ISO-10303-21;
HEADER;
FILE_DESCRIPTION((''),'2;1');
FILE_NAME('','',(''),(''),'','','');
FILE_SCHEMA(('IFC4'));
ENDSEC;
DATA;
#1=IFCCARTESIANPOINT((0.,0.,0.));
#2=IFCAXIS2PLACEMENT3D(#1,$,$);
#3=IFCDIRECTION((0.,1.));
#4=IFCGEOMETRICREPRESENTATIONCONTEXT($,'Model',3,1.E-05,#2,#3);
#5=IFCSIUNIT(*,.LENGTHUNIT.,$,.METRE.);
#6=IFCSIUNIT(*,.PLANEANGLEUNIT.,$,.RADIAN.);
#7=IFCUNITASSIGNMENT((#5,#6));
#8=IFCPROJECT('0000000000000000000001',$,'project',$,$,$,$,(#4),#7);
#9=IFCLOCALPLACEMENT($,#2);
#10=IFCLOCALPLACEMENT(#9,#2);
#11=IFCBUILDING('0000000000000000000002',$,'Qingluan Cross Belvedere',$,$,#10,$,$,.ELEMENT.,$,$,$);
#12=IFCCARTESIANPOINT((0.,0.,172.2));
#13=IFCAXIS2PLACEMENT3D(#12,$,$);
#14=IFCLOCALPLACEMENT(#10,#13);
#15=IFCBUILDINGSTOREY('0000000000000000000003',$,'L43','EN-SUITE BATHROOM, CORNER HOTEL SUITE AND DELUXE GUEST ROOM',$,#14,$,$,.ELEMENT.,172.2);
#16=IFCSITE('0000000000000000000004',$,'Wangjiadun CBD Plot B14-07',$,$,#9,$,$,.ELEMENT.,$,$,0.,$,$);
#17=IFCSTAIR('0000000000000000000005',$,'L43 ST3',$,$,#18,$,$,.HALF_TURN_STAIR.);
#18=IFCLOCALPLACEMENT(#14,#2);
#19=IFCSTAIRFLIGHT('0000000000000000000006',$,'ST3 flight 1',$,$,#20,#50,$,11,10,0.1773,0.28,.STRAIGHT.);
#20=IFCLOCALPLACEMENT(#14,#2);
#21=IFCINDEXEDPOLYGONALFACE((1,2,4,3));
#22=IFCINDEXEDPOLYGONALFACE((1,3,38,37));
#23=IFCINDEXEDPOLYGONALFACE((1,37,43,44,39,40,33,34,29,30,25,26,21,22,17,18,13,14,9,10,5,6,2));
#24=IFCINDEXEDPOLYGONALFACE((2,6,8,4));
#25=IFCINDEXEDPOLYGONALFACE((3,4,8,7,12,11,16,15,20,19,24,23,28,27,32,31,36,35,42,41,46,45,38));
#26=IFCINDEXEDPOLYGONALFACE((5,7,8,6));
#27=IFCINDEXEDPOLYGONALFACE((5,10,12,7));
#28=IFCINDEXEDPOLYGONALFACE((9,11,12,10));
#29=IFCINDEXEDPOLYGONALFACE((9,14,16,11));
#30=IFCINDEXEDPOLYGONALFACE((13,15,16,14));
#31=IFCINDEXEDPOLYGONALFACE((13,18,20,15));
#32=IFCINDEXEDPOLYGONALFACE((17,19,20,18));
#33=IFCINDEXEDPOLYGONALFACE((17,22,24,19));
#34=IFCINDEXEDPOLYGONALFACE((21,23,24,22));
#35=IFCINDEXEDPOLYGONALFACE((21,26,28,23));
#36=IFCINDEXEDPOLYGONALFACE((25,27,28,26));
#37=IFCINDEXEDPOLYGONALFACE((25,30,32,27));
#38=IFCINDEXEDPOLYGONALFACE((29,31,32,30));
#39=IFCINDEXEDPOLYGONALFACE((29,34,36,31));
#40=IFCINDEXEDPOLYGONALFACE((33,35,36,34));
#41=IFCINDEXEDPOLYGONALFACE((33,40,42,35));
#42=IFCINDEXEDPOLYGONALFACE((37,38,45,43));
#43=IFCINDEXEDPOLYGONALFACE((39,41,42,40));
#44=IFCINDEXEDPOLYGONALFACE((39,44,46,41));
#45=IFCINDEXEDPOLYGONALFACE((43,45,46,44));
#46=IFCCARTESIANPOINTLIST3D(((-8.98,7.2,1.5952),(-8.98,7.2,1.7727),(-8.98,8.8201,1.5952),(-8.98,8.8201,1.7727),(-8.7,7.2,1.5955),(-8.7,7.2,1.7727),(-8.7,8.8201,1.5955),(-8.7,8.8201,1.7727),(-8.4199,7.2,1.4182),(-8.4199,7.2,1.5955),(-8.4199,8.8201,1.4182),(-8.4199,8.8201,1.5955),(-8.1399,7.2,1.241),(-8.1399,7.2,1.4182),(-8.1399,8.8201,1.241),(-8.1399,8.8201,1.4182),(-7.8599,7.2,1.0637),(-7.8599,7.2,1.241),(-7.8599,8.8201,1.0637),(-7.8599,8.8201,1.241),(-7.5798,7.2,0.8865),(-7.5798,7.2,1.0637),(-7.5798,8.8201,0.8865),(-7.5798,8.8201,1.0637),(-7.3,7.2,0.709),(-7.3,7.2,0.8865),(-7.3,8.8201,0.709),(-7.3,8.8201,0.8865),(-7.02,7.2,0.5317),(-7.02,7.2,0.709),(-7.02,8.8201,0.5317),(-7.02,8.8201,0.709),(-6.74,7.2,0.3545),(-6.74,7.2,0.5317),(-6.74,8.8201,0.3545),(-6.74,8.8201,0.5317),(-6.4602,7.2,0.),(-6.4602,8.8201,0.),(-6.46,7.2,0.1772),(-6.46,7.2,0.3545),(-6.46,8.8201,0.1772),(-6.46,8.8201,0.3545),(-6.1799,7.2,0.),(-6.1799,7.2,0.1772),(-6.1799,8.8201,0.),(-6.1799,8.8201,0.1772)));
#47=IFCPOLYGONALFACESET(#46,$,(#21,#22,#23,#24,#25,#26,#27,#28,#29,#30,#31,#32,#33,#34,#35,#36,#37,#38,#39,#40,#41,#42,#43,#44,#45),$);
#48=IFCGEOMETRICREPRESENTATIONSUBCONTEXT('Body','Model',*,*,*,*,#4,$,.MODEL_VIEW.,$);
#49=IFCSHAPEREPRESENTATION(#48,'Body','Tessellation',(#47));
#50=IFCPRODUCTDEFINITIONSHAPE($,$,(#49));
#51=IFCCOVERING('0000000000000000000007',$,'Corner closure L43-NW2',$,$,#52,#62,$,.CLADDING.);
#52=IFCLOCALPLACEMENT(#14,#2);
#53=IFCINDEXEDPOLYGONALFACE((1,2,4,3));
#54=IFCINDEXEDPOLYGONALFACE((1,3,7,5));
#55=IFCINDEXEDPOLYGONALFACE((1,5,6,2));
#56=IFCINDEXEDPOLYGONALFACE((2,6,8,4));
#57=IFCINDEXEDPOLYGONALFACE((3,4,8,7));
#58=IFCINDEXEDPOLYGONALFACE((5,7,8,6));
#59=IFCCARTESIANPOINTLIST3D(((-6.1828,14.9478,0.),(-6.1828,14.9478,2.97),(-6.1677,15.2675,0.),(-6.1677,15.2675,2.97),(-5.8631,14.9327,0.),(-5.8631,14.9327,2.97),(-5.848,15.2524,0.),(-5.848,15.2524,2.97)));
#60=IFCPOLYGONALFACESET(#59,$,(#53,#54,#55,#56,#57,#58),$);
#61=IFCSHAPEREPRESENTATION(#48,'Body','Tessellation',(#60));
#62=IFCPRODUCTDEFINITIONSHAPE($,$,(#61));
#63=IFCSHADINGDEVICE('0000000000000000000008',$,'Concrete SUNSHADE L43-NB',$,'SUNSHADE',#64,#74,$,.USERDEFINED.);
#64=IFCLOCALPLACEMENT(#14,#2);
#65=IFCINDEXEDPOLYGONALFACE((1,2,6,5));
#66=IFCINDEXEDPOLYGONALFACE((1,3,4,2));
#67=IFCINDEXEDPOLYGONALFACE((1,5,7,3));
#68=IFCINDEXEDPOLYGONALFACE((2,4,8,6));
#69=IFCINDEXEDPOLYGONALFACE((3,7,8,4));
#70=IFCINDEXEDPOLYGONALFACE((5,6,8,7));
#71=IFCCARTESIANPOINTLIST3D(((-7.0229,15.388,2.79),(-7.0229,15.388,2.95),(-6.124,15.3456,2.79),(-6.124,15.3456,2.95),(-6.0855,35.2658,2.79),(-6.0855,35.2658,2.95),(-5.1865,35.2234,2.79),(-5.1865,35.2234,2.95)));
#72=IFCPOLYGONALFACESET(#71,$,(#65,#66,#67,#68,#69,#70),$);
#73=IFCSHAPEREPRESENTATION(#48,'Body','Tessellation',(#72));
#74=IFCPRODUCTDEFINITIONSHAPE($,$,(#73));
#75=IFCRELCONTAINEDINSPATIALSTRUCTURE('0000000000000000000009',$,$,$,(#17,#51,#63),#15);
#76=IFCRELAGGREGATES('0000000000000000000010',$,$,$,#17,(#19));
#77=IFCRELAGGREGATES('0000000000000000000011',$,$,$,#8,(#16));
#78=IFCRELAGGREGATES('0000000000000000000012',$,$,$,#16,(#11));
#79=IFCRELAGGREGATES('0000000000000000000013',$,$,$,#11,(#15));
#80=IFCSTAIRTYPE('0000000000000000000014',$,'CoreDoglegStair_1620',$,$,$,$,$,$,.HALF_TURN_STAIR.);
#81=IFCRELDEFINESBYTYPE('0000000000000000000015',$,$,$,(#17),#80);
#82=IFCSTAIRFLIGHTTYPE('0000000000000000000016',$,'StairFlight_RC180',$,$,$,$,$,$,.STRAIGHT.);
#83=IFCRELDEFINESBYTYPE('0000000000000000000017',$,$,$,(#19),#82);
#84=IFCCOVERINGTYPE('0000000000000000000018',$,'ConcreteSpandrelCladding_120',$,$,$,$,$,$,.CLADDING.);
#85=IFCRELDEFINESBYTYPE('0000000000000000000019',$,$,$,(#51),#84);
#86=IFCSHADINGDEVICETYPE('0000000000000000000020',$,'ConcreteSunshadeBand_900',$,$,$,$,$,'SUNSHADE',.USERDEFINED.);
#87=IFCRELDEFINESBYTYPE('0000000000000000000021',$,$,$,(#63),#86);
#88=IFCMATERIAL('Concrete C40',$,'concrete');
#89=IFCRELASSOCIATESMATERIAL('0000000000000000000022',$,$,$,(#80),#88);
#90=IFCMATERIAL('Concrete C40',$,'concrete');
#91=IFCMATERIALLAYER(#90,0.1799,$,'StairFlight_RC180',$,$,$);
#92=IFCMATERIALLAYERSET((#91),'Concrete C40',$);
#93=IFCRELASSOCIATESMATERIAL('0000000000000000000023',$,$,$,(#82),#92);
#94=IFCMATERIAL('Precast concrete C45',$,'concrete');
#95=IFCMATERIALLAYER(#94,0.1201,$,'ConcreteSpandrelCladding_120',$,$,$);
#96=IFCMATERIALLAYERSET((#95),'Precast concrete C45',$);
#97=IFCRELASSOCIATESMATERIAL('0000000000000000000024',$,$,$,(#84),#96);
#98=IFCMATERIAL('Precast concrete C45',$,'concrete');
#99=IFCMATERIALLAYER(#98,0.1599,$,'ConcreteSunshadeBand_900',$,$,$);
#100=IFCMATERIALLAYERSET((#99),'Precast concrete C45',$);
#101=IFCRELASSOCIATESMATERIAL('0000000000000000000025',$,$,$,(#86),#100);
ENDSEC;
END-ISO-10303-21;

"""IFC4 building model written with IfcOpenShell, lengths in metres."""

from ifc_helpers import new_model, si_unit, direction, frame, origin, origin_2d, place, context, subcontext, project, spatial, polyline, rectangle, outline, extrude, material, layer, layer_set, type_object, element, aggregate, save


model = new_model("IFC4")

# Units and contexts
model_context = context("Model", 3, precision=1e-05, world=origin(), true_north=direction((0.0, 1.0)))
body_context = subcontext(model_context, "Body", "Model", "MODEL_VIEW")
ifc_project = project(units=[si_unit("LENGTHUNIT", "METRE"), si_unit("PLANEANGLEUNIT", "RADIAN")], contexts=[model_context])

# Site, building, storey
site_placement = place(None, origin())
site = spatial("IfcSite", under=ifc_project, at=site_placement, Name="Wangjiadun CBD Plot B14-07", CompositionType="ELEMENT", RefElevation=0.0)
building_placement = place(site_placement, origin())
building = spatial("IfcBuilding", under=site, at=building_placement, Name="Qingluan Cross Belvedere", CompositionType="ELEMENT")
storey_placement = place(building_placement, frame((0.0, 0.0, 172.2)))
storey = spatial("IfcBuildingStorey", under=building, at=storey_placement, Name="L43", Description="EN-SUITE BATHROOM, CORNER HOTEL SUITE AND DELUXE GUEST ROOM", CompositionType="ELEMENT", Elevation=172.2)

# Stair, stair flight
ifc_material_1 = material(Name="Concrete C40", Category="concrete")
stair_type = type_object("IfcStairType", Name="CoreDoglegStair_1620", PredefinedType="HALF_TURN_STAIR", material=ifc_material_1)
stair_placement = place(storey_placement, origin())
stair = element("IfcStair", 1, at=stair_placement, inside=storey, type_object=stair_type, Name="L43 ST3", PredefinedType="HALF_TURN_STAIR")
ifc_material_2 = material(Name="Concrete C40", Category="concrete")
ifc_layer_1 = layer(ifc_material_2, 0.1799, Name="StairFlight_RC180")
ifc_layer_set_1 = layer_set([ifc_layer_1], Name="Concrete C40")
stair_flight_type = type_object("IfcStairFlightType", Name="StairFlight_RC180", PredefinedType="STRAIGHT", material=ifc_layer_set_1)
stair_flight_placement = place(storey_placement, frame((-6.1799, 8.01, 0.0), z_axis=(0.0, 0.0, 1.0), x_axis=(-1.0, 0.0, 0.0)))
stair_flight = element("IfcStairFlight", 2, at=stair_flight_placement, type_object=stair_flight_type, Name="ST3 flight 1", NumberOfRisers=11, NumberOfTreads=10, PredefinedType="STRAIGHT", RiserHeight=0.1773, TreadLength=0.28, context=body_context, shape_type="SweptSolid", body=[
    extrude(outline(polyline([(0.0, 0.0), (0.0, 0.1772), (0.28, 0.1772), (0.28, 0.3545), (0.5601, 0.3545), (0.5601, 0.5317), (0.8401, 0.5317), (0.8401, 0.709), (1.1201, 0.709), (1.1201, 0.8865), (1.3999, 0.8865), (1.3999, 1.0637), (1.6799, 1.0637), (1.6799, 1.241), (1.96, 1.241), (1.96, 1.4182), (2.24, 1.4182), (2.24, 1.5955), (2.52, 1.5955), (2.52, 1.7727), (2.8, 1.7727), (2.8, 1.95), (2.8, 1.5952), (0.2803, 0.0), (0.0, 0.0)])), frame((0.0, 0.8101, 0.0), z_axis=(0.0, -1.0, 0.0), x_axis=(1.0, 0.0, 0.0)), (0.0, 0.0, 1.0), 1.6201),
])
aggregate(stair, [stair_flight])

# Covering
ifc_material_3 = material(Name="Precast concrete C45", Category="concrete")
ifc_layer_2 = layer(ifc_material_3, 0.1201, Name="ConcreteSpandrelCladding_120")
ifc_layer_set_2 = layer_set([ifc_layer_2], Name="Precast concrete C45")
covering_type = type_object("IfcCoveringType", Name="ConcreteSpandrelCladding_120", PredefinedType="CLADDING", material=ifc_layer_set_2)
covering_placement = place(storey_placement, frame((-6.0154, 15.1001, 0.0), z_axis=(0.0, 0.0, 1.0), x_axis=(0.99889, -0.047106, 0.0)))
element("IfcCovering", 3, at=covering_placement, inside=storey, type_object=covering_type, Name="Corner closure L43-NW2", PredefinedType="CLADDING", context=body_context, shape_type="SweptSolid", body=[
    extrude(rectangle(XDim=0.3201, YDim=0.3201, at=origin_2d()), origin(), (0.0, 0.0, 1.0), 2.97),
])

# Shading device
ifc_material_4 = material(Name="Precast concrete C45", Category="concrete")
ifc_layer_3 = layer(ifc_material_4, 0.1599, Name="ConcreteSunshadeBand_900")
ifc_layer_set_3 = layer_set([ifc_layer_3], Name="Precast concrete C45")
shading_device_type = type_object("IfcShadingDeviceType", Name="ConcreteSunshadeBand_900", ElementType="SUNSHADE", PredefinedType="USERDEFINED", material=ifc_layer_set_3)
shading_device_placement = place(storey_placement, frame((-6.1047, 25.3057, 2.79), z_axis=(0.0, 0.0, 1.0), x_axis=(-0.047109, -0.99889, 0.0)))
element("IfcShadingDevice", 4, at=shading_device_placement, inside=storey, type_object=shading_device_type, Name="Concrete SUNSHADE L43-NB", ObjectType="SUNSHADE", PredefinedType="USERDEFINED", context=body_context, shape_type="SweptSolid", body=[
    extrude(rectangle(XDim=19.8999, YDim=0.8999, at=origin_2d()), origin(), (0.0, 0.0, 1.0), 0.1599),
])

save(model, "model.ifc")
